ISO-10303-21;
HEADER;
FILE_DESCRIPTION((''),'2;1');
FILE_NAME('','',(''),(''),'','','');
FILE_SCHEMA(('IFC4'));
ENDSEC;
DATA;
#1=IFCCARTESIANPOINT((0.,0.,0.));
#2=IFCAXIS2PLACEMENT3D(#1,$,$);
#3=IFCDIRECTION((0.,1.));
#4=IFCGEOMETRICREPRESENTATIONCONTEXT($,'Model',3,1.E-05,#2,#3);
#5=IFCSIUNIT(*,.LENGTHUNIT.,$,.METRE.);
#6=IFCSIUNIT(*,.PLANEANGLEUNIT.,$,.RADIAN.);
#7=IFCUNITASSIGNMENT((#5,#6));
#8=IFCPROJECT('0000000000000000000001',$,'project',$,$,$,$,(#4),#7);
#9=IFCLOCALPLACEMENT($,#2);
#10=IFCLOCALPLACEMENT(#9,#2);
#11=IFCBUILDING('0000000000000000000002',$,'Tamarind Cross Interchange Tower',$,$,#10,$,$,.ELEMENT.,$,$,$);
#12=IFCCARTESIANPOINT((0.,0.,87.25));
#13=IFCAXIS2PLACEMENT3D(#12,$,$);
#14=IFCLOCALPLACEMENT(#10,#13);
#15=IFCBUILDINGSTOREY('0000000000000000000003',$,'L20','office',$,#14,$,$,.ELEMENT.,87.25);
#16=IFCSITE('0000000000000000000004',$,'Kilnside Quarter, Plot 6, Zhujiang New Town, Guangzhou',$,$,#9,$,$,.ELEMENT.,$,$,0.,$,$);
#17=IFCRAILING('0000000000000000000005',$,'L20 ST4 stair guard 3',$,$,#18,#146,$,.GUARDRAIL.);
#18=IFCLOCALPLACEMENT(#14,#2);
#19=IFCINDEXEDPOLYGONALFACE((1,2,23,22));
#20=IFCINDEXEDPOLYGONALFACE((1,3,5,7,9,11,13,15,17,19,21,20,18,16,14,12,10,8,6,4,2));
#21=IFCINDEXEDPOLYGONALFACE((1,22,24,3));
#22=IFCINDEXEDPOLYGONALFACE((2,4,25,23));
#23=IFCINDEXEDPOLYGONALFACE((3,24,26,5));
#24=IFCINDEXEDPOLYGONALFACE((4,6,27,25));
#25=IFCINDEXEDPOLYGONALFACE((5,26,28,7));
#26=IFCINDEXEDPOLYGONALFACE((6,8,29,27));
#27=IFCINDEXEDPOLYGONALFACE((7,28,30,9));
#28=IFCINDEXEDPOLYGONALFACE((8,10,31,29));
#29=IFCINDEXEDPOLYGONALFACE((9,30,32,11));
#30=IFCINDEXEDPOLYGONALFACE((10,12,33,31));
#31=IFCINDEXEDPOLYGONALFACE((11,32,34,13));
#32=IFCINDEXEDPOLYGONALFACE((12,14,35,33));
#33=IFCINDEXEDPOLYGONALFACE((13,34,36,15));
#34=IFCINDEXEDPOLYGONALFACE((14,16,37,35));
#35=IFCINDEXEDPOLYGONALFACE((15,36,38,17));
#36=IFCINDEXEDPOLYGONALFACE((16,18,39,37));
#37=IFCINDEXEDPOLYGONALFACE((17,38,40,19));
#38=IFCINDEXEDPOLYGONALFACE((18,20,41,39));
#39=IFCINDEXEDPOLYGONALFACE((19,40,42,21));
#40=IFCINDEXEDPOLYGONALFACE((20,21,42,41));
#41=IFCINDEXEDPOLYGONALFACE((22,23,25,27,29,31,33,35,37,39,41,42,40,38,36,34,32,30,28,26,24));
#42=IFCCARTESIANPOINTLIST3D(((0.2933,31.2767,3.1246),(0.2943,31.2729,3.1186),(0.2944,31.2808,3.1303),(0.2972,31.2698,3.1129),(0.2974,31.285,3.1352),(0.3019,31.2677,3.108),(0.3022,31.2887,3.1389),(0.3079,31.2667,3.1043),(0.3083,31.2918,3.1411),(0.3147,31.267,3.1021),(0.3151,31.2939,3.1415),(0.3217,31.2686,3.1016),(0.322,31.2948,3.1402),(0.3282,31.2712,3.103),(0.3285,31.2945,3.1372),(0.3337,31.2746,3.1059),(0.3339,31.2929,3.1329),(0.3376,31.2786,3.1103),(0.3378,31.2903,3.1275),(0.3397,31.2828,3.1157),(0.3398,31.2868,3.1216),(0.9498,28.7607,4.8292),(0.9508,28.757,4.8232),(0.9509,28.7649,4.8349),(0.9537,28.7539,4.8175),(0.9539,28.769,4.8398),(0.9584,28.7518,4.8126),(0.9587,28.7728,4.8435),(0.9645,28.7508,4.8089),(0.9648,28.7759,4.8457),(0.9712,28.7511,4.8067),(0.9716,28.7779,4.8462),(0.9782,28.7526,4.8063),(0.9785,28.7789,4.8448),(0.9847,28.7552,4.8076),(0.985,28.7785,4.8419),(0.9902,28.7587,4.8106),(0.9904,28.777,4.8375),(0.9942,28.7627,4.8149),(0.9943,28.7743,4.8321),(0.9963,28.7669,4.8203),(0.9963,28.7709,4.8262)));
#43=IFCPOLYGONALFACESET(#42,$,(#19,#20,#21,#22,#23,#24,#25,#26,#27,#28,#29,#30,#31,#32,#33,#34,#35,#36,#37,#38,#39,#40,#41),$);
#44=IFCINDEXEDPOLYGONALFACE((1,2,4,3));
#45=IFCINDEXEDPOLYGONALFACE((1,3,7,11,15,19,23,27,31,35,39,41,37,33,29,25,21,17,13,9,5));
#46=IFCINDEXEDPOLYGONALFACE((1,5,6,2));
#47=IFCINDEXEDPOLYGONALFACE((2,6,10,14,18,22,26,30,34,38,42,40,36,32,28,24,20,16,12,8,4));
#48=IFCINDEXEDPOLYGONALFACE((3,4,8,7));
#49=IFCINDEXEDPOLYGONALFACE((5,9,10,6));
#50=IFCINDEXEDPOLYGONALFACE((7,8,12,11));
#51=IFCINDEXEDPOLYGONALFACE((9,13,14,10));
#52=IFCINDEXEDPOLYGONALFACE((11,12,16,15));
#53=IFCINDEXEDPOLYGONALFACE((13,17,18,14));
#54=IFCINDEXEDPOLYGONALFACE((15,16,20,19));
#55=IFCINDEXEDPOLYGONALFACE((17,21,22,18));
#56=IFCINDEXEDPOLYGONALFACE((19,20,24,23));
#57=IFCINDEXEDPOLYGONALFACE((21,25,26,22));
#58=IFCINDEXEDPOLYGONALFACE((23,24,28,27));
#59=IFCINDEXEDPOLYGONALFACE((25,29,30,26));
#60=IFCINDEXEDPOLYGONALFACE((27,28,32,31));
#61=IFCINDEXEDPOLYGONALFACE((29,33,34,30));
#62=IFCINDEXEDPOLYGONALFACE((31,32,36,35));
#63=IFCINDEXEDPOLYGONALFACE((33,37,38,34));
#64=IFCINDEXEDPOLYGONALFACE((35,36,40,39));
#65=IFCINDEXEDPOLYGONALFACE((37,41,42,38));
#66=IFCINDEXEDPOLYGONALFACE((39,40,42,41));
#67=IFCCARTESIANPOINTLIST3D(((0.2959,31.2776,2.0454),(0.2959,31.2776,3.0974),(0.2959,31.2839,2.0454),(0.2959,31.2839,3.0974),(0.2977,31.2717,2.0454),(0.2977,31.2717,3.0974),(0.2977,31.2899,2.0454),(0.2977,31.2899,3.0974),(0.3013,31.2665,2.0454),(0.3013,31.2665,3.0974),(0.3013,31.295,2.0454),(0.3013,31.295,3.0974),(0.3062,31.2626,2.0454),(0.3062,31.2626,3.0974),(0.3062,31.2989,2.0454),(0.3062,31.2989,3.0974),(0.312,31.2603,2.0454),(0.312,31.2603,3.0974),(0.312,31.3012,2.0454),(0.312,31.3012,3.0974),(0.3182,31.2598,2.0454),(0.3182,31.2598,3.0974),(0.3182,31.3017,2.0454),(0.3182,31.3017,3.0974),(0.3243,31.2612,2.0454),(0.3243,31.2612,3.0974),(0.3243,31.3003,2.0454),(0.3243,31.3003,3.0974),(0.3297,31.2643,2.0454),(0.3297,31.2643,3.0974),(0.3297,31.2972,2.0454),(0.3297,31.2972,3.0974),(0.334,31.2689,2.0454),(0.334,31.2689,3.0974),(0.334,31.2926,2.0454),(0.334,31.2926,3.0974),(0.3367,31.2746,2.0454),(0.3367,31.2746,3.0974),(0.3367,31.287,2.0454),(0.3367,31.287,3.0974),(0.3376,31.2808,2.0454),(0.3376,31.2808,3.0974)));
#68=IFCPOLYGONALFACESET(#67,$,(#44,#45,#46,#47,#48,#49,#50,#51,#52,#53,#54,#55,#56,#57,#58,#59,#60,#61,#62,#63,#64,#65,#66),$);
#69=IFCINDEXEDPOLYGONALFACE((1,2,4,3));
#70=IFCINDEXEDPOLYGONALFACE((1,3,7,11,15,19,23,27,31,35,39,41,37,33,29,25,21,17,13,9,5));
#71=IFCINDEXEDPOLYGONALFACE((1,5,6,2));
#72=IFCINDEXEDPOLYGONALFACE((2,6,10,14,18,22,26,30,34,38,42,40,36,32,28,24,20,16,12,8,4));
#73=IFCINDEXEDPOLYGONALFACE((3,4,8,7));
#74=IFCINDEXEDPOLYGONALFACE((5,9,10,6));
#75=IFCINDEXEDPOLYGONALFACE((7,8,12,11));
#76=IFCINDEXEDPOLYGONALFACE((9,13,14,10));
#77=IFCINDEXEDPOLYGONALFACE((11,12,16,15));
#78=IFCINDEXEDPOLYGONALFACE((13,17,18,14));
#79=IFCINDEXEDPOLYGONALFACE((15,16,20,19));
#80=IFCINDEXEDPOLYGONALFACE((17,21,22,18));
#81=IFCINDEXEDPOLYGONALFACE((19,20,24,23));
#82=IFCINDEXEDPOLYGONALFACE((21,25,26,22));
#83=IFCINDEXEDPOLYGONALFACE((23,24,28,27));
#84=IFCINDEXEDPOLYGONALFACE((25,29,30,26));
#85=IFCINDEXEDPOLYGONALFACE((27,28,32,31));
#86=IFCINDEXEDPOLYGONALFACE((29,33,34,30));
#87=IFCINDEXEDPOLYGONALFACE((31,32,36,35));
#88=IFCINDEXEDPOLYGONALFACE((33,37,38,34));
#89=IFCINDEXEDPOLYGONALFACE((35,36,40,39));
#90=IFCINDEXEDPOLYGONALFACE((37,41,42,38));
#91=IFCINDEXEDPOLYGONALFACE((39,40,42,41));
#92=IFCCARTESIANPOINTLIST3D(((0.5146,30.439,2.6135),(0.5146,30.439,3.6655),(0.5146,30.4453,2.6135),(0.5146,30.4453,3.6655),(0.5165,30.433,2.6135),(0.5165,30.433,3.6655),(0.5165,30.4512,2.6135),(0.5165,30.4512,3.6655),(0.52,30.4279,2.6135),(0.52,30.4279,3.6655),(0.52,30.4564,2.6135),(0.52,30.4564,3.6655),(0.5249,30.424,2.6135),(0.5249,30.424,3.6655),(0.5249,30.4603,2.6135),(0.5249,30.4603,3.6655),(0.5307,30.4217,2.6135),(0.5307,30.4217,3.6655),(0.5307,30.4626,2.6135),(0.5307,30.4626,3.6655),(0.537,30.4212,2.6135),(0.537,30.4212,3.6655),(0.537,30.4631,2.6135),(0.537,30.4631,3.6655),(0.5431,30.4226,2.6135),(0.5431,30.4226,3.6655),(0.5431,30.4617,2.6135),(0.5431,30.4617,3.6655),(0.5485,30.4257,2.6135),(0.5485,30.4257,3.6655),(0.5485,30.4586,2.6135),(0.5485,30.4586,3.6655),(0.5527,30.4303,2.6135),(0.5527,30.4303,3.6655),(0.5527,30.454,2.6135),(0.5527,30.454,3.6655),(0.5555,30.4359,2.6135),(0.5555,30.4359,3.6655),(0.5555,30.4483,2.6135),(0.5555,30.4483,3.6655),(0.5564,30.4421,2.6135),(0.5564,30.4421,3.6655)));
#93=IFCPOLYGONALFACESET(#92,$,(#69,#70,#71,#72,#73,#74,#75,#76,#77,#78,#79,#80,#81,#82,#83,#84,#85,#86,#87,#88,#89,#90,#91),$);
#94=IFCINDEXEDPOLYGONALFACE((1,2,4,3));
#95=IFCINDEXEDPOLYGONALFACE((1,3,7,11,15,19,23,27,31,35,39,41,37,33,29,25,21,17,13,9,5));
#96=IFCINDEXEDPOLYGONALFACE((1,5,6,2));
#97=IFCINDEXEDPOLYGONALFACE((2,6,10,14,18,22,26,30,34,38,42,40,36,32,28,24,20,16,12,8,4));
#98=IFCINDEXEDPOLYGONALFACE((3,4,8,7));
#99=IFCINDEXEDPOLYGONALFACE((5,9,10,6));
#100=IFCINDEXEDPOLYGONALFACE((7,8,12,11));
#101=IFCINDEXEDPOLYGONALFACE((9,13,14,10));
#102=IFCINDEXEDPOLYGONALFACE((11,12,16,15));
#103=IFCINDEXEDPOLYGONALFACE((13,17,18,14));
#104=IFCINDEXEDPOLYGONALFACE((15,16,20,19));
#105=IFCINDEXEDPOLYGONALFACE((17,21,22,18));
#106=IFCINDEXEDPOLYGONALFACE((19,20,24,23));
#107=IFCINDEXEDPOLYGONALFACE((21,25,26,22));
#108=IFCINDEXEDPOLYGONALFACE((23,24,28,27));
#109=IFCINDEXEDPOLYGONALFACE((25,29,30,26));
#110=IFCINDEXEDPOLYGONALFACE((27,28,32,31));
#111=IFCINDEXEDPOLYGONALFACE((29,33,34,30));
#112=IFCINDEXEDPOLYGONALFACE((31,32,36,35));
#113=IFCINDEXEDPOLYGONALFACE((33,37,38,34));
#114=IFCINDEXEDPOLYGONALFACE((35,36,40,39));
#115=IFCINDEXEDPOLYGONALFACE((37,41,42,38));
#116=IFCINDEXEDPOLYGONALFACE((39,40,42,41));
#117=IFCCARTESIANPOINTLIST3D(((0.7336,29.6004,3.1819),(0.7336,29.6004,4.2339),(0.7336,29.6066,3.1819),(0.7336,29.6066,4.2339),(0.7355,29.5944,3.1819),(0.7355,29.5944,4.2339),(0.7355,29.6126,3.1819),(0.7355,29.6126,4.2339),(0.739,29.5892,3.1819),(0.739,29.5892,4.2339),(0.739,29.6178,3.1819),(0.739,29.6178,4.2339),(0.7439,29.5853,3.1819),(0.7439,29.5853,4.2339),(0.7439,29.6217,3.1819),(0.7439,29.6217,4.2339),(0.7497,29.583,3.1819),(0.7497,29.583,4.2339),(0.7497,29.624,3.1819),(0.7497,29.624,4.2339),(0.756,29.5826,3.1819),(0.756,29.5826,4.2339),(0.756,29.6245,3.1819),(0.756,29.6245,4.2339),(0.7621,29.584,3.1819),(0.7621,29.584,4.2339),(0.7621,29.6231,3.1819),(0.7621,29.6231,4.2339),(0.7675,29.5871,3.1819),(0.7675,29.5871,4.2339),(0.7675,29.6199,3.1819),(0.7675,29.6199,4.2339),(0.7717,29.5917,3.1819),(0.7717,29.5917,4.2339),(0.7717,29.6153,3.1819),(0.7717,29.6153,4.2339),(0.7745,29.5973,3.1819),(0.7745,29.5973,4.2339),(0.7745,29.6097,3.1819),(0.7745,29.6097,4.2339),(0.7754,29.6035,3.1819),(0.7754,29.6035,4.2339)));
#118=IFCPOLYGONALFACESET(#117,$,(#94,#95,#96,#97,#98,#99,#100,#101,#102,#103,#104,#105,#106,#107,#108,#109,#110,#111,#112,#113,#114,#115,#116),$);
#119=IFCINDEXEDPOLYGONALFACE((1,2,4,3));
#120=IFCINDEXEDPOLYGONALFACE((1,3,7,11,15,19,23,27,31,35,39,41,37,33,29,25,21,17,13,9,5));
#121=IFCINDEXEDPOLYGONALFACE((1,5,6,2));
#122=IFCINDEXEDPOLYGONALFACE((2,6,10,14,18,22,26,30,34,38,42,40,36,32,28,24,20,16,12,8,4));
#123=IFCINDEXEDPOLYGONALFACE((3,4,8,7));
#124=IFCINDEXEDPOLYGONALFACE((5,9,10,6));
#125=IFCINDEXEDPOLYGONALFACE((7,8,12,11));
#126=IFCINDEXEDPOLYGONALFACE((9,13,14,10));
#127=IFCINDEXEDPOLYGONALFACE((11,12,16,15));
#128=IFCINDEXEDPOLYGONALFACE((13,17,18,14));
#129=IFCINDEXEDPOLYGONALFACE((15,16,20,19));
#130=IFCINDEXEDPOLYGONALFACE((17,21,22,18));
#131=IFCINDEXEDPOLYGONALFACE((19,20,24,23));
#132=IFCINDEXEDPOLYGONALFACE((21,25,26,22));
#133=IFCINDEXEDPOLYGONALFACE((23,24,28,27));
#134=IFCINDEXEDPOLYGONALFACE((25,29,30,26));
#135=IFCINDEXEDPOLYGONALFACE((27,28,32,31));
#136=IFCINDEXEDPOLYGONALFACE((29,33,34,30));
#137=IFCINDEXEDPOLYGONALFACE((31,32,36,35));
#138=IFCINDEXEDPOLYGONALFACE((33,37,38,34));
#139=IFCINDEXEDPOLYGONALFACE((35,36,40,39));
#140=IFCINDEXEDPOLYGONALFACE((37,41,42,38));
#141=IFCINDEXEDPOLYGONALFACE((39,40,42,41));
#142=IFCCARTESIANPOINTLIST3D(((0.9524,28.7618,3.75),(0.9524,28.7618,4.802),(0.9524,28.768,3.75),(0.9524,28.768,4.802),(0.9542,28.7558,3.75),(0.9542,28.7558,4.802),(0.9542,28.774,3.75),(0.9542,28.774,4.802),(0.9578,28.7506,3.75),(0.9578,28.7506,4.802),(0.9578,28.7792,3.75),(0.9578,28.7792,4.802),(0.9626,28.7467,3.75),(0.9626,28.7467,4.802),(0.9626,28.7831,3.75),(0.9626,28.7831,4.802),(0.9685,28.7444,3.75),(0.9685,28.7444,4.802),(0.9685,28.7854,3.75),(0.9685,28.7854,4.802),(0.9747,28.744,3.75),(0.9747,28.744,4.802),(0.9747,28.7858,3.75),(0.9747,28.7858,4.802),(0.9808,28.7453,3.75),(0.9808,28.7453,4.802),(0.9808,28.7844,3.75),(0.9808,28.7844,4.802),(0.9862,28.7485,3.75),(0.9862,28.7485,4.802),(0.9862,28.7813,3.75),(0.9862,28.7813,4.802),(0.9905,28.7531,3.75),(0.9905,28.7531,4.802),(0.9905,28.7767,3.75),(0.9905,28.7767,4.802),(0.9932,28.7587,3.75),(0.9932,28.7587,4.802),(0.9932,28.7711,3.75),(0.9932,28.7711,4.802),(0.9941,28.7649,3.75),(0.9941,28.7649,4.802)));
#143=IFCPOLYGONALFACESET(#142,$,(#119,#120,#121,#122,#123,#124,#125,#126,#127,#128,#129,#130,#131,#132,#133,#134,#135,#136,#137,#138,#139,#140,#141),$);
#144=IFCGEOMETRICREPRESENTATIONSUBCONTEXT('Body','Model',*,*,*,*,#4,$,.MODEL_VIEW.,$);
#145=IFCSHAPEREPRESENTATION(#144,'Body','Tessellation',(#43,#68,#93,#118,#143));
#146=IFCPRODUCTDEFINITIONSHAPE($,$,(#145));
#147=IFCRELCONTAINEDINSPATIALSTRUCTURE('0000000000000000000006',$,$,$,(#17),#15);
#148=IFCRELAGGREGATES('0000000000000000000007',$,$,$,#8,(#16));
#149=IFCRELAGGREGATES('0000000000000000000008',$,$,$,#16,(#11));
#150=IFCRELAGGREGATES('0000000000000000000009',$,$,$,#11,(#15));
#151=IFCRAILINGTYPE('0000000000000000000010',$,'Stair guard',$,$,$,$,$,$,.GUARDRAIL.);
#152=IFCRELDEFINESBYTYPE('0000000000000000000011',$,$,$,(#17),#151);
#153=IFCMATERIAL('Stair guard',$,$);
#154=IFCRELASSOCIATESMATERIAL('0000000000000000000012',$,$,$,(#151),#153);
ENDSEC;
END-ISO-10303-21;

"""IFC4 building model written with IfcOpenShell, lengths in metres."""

from ifc_helpers import new_model, si_unit, direction, frame, origin, origin_2d, place, context, subcontext, project, spatial, circle, extrude, material, type_object, element, save


model = new_model("IFC4")

# Units and contexts
model_context = context("Model", 3, precision=1e-05, world=origin(), true_north=direction((0.0, 1.0)))
body_context = subcontext(model_context, "Body", "Model", "MODEL_VIEW")
ifc_project = project(units=[si_unit("LENGTHUNIT", "METRE"), si_unit("PLANEANGLEUNIT", "RADIAN")], contexts=[model_context])

# Site, building, storey
site_placement = place(None, origin())
site = spatial("IfcSite", under=ifc_project, at=site_placement, Name="Kilnside Quarter, Plot 6, Zhujiang New Town, Guangzhou", CompositionType="ELEMENT", RefElevation=0.0)
building_placement = place(site_placement, origin())
building = spatial("IfcBuilding", under=site, at=building_placement, Name="Tamarind Cross Interchange Tower", CompositionType="ELEMENT")
storey_placement = place(building_placement, frame((0.0, 0.0, 87.25)))
storey = spatial("IfcBuildingStorey", under=building, at=storey_placement, Name="L20", Description="office", CompositionType="ELEMENT", Elevation=87.25)

# Railing
ifc_material_1 = material(Name="Stair guard")
railing_type_1 = type_object("IfcRailingType", Name="Stair guard", PredefinedType="GUARDRAIL", material=ifc_material_1)
railing_1_placement = place(storey_placement, frame((0.3167, 31.2808, 2.0454)))
element("IfcRailing", 1, at=railing_1_placement, inside=storey, type_object=railing_type_1, Name="L20 ST4 stair guard 3", PredefinedType="GUARDRAIL", context=body_context, shape_type="SweptSolid", body=[
    extrude(circle(Radius=0.0239, at=origin_2d()), frame((0.0, 0.0, 1.0762), z_axis=(0.211156, -0.809208, 0.548267), x_axis=(0.9676, 0.252487, 0.0)), (0.0, 0.0, 1.0), 3.1091),
    extrude(circle(Radius=0.021, at=origin_2d()), origin(), (0.0, 0.0, 1.0), 1.052),
    extrude(circle(Radius=0.021, at=origin_2d()), frame((0.2188, -0.8386, 0.5681)), (0.0, 0.0, 1.0), 1.052),
    extrude(circle(Radius=0.021, at=origin_2d()), frame((0.4377, -1.6772, 1.1365)), (0.0, 0.0, 1.0), 1.052),
    extrude(circle(Radius=0.021, at=origin_2d()), frame((0.6565, -2.5159, 1.7046)), (0.0, 0.0, 1.0), 1.052),
])

save(model, "model.ifc")
